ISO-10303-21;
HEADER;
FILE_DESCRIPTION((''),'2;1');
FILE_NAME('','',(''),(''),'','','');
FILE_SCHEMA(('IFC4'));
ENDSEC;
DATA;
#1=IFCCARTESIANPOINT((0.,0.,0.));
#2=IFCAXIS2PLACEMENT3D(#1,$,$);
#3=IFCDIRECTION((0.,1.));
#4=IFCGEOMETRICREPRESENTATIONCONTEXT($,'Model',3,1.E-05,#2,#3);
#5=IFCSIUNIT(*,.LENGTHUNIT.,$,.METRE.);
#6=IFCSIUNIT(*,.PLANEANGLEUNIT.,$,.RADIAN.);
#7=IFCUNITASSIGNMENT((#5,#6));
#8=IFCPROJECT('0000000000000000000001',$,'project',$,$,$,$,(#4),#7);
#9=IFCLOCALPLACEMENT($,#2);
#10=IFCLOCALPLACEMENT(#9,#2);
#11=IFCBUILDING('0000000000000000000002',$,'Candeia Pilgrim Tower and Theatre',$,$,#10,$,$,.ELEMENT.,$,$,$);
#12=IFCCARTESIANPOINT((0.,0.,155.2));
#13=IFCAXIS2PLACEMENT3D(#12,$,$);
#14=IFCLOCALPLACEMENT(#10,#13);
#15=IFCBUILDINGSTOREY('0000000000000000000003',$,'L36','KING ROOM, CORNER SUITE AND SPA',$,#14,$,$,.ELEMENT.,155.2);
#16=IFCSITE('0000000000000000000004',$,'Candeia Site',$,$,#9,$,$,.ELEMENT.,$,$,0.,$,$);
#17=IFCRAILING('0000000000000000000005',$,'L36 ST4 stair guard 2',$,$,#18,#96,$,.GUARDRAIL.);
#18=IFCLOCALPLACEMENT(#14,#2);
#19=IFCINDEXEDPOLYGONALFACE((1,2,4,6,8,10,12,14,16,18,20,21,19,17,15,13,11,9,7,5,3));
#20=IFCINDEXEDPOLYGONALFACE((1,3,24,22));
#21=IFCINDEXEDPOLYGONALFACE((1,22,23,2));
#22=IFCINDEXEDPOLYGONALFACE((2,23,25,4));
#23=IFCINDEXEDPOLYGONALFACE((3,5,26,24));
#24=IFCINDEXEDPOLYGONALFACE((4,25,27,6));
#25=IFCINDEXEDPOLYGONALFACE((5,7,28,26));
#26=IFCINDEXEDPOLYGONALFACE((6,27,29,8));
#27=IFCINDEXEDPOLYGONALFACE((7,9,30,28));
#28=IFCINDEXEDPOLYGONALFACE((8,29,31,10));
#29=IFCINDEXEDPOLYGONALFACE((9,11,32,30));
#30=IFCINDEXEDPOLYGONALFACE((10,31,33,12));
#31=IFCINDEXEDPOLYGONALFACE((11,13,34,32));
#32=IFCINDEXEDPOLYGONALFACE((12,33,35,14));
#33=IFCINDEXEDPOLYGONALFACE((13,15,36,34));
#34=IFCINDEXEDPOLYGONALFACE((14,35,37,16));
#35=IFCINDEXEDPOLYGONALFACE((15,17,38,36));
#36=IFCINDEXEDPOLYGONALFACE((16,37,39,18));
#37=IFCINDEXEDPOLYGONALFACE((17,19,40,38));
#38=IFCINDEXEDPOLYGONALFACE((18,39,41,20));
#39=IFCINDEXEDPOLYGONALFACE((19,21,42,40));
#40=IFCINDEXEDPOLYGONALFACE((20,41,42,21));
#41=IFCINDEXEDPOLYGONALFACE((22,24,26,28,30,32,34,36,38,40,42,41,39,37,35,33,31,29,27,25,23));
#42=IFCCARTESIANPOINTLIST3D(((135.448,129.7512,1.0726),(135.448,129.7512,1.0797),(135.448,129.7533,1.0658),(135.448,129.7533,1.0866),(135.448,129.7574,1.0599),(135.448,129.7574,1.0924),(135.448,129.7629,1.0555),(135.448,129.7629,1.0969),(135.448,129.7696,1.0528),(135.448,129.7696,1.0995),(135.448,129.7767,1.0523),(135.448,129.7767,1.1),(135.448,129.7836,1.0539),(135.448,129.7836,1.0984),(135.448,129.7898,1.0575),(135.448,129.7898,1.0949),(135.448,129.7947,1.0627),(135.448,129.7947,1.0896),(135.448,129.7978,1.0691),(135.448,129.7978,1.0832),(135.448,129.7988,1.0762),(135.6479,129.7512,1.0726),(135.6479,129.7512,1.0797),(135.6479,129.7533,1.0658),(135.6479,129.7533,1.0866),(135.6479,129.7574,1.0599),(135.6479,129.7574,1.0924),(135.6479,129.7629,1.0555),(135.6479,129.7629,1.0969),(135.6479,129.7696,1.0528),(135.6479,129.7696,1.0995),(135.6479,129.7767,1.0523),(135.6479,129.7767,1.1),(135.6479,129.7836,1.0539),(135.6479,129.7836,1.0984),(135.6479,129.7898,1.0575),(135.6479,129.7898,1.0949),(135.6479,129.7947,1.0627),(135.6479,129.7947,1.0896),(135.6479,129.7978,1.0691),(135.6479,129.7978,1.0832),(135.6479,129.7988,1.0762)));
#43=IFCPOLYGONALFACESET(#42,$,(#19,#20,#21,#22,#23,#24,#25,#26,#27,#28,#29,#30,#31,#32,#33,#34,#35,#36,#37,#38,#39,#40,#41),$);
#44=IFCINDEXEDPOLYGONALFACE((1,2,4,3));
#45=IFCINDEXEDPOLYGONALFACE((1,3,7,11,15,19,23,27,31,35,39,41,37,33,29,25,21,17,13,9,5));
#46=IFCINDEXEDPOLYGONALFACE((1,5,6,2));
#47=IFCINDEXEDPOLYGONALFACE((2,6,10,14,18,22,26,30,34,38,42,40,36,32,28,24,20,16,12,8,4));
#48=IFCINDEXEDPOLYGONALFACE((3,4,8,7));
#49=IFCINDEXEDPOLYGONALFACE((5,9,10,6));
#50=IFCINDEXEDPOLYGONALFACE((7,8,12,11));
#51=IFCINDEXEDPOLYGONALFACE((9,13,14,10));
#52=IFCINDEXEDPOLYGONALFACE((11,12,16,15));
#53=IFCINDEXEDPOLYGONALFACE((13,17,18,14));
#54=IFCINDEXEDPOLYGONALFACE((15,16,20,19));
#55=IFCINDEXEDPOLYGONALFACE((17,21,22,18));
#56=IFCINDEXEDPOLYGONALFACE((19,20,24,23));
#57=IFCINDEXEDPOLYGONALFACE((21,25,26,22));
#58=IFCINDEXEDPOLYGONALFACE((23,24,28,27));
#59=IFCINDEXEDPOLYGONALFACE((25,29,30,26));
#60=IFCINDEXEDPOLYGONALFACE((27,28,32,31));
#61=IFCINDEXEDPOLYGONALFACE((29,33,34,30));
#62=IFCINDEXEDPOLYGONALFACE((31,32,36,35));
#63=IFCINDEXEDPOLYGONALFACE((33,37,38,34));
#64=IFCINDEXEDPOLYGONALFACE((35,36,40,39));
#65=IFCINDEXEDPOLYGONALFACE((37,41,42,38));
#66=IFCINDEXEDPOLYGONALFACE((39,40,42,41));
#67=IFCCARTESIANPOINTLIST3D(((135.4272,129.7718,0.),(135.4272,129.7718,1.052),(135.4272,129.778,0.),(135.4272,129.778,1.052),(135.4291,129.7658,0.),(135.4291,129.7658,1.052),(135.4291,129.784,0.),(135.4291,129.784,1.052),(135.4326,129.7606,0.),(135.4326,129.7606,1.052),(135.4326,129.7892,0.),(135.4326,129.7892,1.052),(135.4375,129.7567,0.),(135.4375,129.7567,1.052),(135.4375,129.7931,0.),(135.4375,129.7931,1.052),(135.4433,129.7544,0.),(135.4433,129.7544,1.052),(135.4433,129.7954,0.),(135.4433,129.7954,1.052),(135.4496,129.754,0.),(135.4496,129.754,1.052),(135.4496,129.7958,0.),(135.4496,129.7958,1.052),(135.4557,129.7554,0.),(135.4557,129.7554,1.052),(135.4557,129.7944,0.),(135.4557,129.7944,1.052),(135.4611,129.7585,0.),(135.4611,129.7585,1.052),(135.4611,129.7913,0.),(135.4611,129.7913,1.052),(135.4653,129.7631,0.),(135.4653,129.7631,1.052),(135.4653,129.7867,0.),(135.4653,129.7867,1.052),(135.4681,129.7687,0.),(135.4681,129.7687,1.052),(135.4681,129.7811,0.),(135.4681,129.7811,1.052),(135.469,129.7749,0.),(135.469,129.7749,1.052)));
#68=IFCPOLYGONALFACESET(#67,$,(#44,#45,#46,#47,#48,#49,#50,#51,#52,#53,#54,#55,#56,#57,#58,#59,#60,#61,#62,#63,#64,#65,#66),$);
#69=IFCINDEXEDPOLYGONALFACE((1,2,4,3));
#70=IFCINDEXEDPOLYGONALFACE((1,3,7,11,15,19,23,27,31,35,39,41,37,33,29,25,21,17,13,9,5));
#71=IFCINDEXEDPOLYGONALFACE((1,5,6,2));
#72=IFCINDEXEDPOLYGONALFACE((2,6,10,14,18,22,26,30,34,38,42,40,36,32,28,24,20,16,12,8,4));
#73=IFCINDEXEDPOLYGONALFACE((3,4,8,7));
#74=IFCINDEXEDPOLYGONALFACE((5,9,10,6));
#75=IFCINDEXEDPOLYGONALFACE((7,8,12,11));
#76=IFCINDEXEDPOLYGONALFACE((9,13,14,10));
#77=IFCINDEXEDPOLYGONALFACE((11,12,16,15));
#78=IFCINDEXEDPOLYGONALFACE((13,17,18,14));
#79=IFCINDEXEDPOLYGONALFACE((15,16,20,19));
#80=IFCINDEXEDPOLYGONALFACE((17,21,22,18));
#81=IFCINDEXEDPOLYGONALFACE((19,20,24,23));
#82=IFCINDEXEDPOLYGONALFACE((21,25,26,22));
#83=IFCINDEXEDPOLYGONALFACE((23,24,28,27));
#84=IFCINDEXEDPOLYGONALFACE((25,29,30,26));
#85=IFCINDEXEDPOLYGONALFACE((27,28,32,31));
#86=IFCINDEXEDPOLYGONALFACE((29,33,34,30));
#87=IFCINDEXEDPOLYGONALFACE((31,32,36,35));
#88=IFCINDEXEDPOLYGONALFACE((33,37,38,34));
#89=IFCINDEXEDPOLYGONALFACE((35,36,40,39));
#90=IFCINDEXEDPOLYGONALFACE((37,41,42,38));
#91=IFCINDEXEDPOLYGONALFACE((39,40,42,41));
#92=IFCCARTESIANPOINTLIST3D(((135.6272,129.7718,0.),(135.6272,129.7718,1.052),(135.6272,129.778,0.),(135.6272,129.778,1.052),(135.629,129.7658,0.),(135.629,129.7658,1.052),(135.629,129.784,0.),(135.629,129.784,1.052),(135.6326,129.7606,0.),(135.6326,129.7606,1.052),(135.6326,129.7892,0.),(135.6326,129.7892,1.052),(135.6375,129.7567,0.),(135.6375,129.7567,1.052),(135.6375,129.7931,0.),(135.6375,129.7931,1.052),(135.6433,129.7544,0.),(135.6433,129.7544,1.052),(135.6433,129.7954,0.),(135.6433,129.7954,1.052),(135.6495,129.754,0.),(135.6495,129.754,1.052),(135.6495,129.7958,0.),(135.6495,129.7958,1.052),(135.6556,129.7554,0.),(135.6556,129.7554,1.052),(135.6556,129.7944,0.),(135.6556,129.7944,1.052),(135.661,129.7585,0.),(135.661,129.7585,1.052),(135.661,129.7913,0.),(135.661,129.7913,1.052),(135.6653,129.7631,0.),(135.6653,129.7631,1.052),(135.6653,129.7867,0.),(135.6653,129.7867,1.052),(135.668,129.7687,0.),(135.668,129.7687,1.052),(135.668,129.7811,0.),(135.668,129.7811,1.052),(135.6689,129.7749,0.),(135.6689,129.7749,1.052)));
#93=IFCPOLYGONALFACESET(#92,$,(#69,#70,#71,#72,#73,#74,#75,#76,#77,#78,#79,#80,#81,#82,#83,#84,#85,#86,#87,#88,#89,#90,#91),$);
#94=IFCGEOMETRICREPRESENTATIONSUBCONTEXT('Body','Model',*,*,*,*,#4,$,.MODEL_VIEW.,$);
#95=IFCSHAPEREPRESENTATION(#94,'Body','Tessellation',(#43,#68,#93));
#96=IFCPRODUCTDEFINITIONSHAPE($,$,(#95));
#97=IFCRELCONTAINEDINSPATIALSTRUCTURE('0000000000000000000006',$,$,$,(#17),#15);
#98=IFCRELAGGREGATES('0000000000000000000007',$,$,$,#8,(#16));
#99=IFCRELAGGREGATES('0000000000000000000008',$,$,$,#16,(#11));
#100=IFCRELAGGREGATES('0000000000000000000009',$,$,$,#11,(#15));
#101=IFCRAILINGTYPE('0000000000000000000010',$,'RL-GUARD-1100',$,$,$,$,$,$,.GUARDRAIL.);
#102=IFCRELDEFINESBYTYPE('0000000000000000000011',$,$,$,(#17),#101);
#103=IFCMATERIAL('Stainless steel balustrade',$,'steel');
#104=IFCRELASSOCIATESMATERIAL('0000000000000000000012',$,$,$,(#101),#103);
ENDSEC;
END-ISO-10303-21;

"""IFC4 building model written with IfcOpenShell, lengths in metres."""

from ifc_helpers import new_model, si_unit, direction, frame, origin, origin_2d, place, context, subcontext, project, spatial, circle, extrude, material, type_object, element, save


model = new_model("IFC4")

# Units and contexts
model_context = context("Model", 3, precision=1e-05, world=origin(), true_north=direction((0.0, 1.0)))
body_context = subcontext(model_context, "Body", "Model", "MODEL_VIEW")
ifc_project = project(units=[si_unit("LENGTHUNIT", "METRE"), si_unit("PLANEANGLEUNIT", "RADIAN")], contexts=[model_context])

# Site, building, storey
site_placement = place(None, origin())
site = spatial("IfcSite", under=ifc_project, at=site_placement, Name="Candeia Site", CompositionType="ELEMENT", RefElevation=0.0)
building_placement = place(site_placement, origin())
building = spatial("IfcBuilding", under=site, at=building_placement, Name="Candeia Pilgrim Tower and Theatre", CompositionType="ELEMENT")
storey_placement = place(building_placement, frame((0.0, 0.0, 155.2)))
storey = spatial("IfcBuildingStorey", under=building, at=storey_placement, Name="L36", Description="KING ROOM, CORNER SUITE AND SPA", CompositionType="ELEMENT", Elevation=155.2)

# Railing
ifc_material_1 = material(Name="Stainless steel balustrade", Category="steel")
railing_type_1 = type_object("IfcRailingType", Name="RL-GUARD-1100", PredefinedType="GUARDRAIL", material=ifc_material_1)
railing_1_placement = place(storey_placement, frame((135.448, 129.7749, 0.0)))
element("IfcRailing", 1, at=railing_1_placement, inside=storey, type_object=railing_type_1, Name="L36 ST4 stair guard 2", PredefinedType="GUARDRAIL", context=body_context, shape_type="SweptSolid", body=[
    extrude(circle(Radius=0.0239, at=origin_2d()), frame((0.0, 0.0, 1.0762), z_axis=(1.0, 0.0, 0.0), x_axis=(0.0, 1.0, 0.0)), (0.0, 0.0, 1.0), 0.2),
    extrude(circle(Radius=0.021, at=origin_2d()), origin(), (0.0, 0.0, 1.0), 1.052),
    extrude(circle(Radius=0.021, at=origin_2d()), frame((0.2, 0.0, 0.0)), (0.0, 0.0, 1.0), 1.052),
])

save(model, "model.ifc")
